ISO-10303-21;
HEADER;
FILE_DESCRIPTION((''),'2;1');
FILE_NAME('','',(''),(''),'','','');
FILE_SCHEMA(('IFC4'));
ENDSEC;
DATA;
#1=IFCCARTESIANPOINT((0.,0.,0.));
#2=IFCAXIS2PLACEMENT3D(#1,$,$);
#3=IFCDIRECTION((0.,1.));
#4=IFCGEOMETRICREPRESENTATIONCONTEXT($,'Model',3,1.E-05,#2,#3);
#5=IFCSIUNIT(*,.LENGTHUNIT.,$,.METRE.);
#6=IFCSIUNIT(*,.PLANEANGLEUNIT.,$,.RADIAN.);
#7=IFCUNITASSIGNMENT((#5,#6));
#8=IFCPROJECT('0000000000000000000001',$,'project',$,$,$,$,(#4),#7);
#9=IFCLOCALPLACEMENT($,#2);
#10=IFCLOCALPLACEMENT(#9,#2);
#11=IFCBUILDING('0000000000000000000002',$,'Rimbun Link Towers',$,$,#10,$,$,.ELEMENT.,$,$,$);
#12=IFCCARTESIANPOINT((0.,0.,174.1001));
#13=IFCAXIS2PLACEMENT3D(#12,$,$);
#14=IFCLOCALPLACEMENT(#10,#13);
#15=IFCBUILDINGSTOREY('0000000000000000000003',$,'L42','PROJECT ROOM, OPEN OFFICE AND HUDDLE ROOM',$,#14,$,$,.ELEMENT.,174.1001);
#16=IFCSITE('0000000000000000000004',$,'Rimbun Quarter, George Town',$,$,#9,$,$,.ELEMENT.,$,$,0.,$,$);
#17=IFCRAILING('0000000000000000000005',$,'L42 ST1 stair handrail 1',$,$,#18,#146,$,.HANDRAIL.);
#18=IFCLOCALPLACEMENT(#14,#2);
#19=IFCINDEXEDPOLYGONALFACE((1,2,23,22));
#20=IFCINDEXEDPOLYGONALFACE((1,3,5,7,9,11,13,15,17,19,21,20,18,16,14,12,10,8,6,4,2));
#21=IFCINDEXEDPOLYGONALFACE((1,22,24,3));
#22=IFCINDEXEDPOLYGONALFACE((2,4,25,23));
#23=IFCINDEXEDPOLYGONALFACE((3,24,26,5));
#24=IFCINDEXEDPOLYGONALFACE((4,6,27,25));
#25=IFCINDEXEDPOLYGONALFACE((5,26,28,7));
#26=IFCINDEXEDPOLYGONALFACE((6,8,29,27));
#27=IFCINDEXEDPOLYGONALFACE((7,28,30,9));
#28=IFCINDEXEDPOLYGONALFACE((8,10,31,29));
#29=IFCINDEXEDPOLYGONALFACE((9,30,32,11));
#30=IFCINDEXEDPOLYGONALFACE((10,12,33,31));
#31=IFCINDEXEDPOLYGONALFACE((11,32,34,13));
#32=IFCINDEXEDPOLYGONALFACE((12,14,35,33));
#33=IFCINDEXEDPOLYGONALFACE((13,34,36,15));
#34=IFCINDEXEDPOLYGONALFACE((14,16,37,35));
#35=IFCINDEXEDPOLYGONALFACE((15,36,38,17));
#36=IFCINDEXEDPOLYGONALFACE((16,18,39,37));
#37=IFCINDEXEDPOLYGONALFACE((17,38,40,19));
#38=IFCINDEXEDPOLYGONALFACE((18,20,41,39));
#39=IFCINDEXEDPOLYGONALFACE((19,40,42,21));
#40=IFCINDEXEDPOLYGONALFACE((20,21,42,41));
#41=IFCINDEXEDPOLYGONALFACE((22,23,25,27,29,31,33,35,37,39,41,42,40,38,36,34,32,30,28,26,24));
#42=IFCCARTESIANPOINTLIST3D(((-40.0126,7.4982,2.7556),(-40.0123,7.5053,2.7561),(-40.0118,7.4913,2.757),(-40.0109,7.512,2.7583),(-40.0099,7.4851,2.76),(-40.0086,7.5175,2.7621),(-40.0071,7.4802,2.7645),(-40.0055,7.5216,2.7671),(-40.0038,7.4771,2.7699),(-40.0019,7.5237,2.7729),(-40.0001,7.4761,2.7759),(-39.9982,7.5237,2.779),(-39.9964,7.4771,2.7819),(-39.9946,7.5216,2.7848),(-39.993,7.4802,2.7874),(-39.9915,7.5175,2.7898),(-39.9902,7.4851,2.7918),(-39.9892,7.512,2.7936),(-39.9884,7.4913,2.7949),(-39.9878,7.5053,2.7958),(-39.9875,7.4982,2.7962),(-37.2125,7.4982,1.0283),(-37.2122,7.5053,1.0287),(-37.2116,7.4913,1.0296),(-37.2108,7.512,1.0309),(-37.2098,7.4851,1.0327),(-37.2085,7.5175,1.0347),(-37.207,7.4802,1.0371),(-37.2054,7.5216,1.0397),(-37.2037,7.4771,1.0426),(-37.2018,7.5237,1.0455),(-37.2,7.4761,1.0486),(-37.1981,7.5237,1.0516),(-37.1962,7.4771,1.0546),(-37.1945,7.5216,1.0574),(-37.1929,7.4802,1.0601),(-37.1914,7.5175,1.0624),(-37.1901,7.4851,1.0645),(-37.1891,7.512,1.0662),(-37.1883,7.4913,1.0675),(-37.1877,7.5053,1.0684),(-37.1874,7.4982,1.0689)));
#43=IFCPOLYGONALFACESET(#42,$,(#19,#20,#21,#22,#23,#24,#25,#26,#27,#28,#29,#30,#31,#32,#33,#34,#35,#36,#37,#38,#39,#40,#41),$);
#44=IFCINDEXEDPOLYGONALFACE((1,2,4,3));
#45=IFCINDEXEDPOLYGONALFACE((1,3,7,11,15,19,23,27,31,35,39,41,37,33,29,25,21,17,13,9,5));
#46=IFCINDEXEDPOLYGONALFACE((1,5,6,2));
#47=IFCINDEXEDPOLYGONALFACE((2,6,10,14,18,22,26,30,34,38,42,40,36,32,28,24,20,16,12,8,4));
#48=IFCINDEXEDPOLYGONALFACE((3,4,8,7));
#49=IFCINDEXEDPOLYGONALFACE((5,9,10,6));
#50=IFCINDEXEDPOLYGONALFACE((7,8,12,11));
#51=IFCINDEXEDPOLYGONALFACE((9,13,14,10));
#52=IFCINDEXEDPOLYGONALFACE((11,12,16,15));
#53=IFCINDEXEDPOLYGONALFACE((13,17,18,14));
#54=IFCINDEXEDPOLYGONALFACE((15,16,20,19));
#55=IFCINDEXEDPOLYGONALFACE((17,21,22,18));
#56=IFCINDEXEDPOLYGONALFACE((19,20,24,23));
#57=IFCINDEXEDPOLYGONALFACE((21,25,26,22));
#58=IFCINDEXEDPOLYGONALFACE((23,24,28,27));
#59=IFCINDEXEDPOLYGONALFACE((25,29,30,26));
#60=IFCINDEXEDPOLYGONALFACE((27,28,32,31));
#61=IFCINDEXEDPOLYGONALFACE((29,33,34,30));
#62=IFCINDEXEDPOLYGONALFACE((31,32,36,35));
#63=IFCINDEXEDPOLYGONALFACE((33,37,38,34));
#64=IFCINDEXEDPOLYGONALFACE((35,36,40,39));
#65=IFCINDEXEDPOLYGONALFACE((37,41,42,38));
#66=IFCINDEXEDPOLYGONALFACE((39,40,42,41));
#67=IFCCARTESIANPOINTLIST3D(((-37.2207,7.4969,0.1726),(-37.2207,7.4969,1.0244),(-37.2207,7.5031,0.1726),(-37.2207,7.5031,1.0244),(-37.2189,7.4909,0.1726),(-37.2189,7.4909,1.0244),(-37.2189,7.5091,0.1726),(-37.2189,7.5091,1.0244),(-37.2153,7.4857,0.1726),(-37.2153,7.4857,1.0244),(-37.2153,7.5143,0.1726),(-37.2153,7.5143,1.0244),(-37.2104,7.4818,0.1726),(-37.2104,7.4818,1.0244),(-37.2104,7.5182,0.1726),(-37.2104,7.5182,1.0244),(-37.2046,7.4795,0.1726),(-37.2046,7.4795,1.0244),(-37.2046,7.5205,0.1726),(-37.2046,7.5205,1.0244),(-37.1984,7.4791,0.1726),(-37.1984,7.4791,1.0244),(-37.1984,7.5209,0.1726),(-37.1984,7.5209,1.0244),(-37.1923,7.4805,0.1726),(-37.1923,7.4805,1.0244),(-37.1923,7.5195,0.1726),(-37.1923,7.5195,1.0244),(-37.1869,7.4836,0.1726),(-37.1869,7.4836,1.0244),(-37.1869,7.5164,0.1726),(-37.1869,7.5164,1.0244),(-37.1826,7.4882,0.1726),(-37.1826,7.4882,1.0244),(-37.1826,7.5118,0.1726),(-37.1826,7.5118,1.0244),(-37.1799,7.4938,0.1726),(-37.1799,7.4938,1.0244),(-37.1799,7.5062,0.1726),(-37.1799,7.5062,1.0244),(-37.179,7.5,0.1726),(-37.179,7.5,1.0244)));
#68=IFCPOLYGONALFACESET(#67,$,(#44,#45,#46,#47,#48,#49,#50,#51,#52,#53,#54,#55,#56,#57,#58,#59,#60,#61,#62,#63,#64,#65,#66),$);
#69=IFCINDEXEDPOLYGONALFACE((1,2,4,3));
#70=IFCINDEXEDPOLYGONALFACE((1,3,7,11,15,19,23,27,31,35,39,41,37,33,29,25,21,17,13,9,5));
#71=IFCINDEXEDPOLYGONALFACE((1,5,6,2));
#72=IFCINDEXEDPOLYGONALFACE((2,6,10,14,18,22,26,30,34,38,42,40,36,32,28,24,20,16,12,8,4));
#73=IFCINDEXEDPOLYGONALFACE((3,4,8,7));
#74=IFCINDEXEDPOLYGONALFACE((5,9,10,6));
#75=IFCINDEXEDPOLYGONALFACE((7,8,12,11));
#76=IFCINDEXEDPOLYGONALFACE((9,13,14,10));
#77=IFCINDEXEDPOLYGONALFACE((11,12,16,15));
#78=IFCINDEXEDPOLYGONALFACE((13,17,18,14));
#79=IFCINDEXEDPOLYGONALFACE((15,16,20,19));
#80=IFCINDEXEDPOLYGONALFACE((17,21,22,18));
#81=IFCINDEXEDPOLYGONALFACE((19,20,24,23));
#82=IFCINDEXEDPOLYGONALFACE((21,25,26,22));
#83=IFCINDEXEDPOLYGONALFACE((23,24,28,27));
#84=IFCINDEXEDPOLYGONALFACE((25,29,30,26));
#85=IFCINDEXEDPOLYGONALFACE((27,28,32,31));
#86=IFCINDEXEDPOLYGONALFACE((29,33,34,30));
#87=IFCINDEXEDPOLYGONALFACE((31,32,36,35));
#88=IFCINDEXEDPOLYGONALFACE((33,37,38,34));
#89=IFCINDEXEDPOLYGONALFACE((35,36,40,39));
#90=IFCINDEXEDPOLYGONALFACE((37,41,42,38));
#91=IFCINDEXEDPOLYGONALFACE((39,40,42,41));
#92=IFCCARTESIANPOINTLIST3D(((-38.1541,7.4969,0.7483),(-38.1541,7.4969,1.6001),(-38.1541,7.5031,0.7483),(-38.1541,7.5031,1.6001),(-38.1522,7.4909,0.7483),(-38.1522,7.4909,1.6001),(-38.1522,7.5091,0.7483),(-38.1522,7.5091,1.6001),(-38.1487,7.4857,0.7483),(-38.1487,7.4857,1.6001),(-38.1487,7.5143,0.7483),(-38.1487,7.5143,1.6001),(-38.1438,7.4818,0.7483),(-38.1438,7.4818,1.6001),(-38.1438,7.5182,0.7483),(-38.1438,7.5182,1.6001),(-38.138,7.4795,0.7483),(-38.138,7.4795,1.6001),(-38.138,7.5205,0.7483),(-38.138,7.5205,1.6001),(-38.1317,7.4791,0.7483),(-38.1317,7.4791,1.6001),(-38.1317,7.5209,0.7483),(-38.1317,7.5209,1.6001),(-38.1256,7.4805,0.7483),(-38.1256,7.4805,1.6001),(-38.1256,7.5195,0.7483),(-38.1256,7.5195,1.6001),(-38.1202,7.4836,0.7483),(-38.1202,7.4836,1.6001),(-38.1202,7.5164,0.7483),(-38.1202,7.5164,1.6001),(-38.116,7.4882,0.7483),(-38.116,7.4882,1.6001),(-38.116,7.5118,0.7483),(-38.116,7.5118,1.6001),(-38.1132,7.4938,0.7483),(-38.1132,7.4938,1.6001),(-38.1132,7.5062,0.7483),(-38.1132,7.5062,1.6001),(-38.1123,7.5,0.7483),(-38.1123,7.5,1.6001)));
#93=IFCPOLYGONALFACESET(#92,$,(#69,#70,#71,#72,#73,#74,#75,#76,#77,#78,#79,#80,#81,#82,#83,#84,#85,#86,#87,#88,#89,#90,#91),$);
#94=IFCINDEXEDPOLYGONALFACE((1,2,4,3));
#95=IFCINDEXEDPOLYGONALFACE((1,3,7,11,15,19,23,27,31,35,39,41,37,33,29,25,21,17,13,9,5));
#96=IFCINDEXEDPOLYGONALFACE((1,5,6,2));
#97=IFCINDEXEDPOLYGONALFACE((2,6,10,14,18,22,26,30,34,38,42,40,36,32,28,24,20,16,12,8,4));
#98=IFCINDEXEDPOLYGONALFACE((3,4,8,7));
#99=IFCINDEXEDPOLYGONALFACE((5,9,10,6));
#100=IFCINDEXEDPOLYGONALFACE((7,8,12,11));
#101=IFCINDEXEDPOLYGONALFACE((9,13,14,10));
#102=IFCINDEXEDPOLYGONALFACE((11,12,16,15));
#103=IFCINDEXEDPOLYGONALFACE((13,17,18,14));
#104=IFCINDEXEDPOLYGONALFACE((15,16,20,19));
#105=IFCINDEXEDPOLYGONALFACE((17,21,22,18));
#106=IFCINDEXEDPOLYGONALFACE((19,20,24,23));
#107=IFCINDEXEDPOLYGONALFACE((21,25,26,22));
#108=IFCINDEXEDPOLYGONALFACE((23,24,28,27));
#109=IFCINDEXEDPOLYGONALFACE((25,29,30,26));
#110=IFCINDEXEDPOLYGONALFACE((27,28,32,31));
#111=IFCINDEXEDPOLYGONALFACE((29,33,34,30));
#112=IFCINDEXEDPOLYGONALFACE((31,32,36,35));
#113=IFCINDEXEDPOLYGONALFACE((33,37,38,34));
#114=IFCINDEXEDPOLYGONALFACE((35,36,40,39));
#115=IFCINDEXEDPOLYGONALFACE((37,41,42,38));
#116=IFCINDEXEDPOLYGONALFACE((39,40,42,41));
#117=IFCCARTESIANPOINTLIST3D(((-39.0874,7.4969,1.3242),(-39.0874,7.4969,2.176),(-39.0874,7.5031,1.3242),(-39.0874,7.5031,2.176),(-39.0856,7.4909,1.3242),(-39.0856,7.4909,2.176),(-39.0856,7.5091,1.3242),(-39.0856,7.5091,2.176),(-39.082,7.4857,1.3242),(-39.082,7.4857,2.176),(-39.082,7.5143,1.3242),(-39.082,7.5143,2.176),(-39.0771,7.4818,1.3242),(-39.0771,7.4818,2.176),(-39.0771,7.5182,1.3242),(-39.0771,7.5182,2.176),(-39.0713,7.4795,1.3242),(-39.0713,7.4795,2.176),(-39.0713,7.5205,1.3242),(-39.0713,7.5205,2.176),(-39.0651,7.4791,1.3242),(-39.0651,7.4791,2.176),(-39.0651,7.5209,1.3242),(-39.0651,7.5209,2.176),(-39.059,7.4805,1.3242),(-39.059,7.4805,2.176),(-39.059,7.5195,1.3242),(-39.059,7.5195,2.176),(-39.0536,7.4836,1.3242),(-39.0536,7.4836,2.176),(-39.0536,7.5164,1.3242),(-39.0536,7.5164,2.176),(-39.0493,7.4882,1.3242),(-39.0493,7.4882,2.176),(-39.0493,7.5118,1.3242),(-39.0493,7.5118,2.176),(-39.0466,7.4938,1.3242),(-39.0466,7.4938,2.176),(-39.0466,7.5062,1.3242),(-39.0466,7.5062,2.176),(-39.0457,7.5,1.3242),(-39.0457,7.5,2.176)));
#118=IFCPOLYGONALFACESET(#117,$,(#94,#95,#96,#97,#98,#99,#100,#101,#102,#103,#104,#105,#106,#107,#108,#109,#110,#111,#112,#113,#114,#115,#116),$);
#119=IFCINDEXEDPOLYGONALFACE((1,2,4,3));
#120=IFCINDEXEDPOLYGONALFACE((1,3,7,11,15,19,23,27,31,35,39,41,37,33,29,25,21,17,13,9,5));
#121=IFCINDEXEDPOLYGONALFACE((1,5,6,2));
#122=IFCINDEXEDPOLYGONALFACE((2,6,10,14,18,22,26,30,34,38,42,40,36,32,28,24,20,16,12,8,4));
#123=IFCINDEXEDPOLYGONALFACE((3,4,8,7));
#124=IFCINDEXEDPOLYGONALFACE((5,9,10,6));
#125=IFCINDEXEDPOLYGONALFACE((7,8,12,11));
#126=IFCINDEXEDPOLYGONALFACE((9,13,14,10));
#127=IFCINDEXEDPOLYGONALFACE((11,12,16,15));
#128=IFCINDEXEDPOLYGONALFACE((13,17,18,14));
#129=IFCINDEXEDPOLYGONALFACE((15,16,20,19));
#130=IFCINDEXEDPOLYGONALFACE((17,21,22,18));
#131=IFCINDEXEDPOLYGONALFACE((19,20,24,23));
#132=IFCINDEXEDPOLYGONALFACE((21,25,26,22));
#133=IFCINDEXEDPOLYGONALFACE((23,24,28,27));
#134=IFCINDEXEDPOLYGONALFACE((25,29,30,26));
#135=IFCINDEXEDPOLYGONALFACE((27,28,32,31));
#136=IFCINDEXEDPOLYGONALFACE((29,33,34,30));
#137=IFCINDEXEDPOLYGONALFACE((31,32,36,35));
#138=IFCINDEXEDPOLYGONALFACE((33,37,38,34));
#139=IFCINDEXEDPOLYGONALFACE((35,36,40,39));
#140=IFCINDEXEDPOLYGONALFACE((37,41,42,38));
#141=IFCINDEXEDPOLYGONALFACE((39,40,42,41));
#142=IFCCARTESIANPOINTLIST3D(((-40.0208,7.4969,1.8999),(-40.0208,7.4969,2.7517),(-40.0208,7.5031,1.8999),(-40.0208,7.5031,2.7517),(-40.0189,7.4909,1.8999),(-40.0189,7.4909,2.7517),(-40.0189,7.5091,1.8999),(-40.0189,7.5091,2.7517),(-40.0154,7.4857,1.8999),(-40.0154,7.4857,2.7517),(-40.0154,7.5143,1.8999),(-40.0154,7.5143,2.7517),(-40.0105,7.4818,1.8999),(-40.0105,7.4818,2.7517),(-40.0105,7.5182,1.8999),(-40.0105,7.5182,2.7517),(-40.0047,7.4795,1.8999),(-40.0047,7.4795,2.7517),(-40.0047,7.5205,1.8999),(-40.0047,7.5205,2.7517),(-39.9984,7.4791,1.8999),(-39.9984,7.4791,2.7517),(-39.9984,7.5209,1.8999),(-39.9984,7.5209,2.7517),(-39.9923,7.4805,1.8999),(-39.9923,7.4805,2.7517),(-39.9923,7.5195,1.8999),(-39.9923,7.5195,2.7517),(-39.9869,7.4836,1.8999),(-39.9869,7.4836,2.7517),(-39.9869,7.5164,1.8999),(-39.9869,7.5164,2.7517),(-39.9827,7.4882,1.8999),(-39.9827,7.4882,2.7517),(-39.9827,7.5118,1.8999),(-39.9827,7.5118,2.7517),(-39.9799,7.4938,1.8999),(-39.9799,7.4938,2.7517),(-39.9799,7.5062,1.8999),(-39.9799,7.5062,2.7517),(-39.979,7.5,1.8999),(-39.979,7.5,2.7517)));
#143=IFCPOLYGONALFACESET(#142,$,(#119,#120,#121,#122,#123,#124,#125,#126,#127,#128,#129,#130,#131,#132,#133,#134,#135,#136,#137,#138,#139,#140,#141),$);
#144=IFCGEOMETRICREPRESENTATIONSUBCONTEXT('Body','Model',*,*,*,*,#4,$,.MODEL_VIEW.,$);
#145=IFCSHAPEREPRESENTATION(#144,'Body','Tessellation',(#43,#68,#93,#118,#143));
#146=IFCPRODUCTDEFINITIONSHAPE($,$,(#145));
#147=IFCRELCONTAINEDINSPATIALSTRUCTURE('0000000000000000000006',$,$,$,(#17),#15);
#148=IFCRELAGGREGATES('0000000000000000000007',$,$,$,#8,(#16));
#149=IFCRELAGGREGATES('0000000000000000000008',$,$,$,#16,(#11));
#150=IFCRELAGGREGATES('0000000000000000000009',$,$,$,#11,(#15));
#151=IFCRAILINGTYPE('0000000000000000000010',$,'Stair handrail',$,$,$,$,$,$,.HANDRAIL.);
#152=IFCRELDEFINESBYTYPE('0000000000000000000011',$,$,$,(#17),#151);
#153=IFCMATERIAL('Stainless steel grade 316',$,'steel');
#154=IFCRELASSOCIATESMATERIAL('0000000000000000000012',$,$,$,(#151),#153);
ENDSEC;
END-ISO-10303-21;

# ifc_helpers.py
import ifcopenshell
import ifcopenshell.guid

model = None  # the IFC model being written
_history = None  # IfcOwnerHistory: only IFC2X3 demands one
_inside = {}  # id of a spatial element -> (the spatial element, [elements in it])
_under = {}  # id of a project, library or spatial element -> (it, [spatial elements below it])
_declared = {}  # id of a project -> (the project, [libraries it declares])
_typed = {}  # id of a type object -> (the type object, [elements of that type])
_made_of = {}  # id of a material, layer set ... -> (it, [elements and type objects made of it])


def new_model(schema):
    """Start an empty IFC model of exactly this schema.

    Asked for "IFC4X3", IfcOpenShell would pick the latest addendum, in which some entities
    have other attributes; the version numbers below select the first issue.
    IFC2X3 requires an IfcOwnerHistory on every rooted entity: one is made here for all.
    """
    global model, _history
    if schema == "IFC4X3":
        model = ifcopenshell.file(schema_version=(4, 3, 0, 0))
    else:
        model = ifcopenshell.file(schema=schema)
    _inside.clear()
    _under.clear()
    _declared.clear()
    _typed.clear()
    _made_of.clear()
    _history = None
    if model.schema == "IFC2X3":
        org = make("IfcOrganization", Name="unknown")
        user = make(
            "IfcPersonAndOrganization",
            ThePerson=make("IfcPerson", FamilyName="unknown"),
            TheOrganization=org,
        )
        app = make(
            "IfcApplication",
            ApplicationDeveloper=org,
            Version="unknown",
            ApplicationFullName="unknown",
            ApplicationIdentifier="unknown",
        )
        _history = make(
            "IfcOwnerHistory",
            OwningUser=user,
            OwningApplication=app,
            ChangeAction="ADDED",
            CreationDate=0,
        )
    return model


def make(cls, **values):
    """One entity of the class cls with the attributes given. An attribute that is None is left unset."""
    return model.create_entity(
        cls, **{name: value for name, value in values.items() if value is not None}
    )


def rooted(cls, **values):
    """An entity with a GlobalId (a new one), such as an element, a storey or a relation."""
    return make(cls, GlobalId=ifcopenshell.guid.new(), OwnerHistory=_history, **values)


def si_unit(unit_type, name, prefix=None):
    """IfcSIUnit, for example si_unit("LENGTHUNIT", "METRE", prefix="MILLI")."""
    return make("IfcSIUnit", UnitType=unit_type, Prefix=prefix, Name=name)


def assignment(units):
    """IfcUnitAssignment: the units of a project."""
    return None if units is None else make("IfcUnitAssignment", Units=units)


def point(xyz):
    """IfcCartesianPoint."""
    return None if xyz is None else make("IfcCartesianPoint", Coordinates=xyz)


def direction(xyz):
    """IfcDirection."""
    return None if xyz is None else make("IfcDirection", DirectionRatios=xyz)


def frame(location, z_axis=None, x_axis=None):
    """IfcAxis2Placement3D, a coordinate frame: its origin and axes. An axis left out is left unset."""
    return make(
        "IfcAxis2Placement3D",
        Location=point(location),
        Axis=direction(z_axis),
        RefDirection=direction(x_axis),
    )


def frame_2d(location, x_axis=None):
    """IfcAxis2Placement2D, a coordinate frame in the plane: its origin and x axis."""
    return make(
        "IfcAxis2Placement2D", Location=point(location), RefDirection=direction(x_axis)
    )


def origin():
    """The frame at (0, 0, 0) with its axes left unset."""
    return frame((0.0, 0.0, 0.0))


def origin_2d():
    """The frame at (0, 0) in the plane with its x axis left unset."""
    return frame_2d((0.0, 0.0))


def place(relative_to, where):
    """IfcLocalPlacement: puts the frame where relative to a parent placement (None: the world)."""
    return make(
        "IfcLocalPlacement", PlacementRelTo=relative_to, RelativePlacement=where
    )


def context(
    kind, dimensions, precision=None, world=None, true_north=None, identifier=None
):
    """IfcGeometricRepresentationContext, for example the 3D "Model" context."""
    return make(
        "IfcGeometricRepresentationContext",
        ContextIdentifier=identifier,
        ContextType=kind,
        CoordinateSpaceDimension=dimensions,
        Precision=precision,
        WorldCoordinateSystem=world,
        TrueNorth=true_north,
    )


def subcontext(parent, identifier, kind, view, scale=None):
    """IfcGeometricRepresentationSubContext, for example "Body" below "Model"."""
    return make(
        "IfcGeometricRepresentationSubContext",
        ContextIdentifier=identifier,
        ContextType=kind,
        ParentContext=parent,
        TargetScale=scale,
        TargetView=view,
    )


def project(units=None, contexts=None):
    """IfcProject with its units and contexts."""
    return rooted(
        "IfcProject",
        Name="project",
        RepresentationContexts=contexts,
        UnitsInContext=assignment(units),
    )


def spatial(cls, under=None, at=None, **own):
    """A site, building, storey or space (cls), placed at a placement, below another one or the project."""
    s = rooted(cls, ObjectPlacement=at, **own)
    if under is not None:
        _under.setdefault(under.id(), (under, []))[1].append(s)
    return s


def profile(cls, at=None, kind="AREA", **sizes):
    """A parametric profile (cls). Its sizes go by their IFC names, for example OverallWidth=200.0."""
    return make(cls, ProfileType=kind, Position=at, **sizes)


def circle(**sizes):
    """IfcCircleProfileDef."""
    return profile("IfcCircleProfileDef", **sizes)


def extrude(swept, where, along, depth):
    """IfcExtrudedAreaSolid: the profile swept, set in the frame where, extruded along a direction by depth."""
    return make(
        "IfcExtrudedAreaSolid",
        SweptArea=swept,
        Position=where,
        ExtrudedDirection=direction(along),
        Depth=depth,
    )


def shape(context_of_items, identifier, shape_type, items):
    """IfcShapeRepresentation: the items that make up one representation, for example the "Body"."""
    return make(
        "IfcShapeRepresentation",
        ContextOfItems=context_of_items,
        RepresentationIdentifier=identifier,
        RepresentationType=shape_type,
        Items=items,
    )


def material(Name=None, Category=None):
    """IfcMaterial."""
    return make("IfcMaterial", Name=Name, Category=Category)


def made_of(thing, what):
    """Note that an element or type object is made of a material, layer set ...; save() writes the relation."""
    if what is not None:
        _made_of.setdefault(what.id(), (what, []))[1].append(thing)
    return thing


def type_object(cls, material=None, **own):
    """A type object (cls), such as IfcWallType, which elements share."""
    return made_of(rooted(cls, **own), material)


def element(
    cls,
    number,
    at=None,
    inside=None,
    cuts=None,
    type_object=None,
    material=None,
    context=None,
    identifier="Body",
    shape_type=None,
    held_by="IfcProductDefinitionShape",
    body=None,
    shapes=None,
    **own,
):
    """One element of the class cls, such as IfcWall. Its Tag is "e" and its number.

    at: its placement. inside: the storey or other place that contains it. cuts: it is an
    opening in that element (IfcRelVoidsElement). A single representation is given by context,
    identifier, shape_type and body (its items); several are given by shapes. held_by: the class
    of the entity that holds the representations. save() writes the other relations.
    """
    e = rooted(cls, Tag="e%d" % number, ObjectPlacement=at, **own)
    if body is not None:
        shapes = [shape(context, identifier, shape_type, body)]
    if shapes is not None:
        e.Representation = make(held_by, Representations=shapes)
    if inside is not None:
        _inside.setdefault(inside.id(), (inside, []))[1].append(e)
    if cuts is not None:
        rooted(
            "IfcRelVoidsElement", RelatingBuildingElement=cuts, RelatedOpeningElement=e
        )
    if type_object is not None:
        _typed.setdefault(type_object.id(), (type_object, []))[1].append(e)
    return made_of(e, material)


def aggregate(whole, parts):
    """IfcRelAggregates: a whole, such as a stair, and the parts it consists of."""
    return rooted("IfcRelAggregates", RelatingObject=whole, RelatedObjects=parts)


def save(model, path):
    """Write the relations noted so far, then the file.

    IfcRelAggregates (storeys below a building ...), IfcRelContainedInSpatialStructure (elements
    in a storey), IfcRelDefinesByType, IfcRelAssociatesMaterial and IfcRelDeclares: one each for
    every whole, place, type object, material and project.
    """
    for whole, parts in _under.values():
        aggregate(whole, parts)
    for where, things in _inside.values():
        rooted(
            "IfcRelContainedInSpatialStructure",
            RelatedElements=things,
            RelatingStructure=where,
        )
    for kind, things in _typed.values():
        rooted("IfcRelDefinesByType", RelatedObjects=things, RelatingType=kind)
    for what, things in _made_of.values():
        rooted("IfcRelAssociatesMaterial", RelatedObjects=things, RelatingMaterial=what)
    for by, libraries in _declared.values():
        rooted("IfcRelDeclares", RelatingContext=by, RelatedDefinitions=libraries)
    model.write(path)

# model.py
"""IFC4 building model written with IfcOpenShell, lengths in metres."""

from ifc_helpers import new_model, si_unit, direction, frame, origin, origin_2d, place, context, subcontext, project, spatial, circle, extrude, material, type_object, element, save


model = new_model("IFC4")

# Units and contexts
model_context = context("Model", 3, precision=1e-05, world=origin(), true_north=direction((0.0, 1.0)))
body_context = subcontext(model_context, "Body", "Model", "MODEL_VIEW")
ifc_project = project(units=[si_unit("LENGTHUNIT", "METRE"), si_unit("PLANEANGLEUNIT", "RADIAN")], contexts=[model_context])

# Site, building, storey
site_placement = place(None, origin())
site = spatial("IfcSite", under=ifc_project, at=site_placement, Name="Rimbun Quarter, George Town", CompositionType="ELEMENT", RefElevation=0.0)
building_placement = place(site_placement, origin())
building = spatial("IfcBuilding", under=site, at=building_placement, Name="Rimbun Link Towers", CompositionType="ELEMENT")
storey_placement = place(building_placement, frame((0.0, 0.0, 174.1001)))
storey = spatial("IfcBuildingStorey", under=building, at=storey_placement, Name="L42", Description="PROJECT ROOM, OPEN OFFICE AND HUDDLE ROOM", CompositionType="ELEMENT", Elevation=174.1001)

# Railing
ifc_material_1 = material(Name="Stainless steel grade 316", Category="steel")
railing_type_1 = type_object("IfcRailingType", Name="Stair handrail", PredefinedType="HANDRAIL", material=ifc_material_1)
railing_1_placement = place(storey_placement, frame((-37.2, 7.5, 0.1726)))
element("IfcRailing", 1, at=railing_1_placement, inside=storey, type_object=railing_type_1, Name="L42 ST1 stair handrail 1", PredefinedType="HANDRAIL", context=body_context, shape_type="SweptSolid", body=[
    extrude(circle(Radius=0.0239, at=origin_2d()), frame((0.0, 0.0, 0.876), z_axis=(-0.85109, 0.0, 0.52502), x_axis=(0.0, -1.0, 0.0)), (0.0, 0.0, 1.0), 3.29),
    extrude(circle(Radius=0.021, at=origin_2d()), origin(), (0.0, 0.0, 1.0), 0.8518),
    extrude(circle(Radius=0.021, at=origin_2d()), frame((-0.9333, 0.0, 0.5757)), (0.0, 0.0, 1.0), 0.8518),
    extrude(circle(Radius=0.021, at=origin_2d()), frame((-1.8667, 0.0, 1.1516)), (0.0, 0.0, 1.0), 0.8518),
    extrude(circle(Radius=0.021, at=origin_2d()), frame((-2.8, 0.0, 1.7273)), (0.0, 0.0, 1.0), 0.8518),
])

save(model, "model.ifc")
